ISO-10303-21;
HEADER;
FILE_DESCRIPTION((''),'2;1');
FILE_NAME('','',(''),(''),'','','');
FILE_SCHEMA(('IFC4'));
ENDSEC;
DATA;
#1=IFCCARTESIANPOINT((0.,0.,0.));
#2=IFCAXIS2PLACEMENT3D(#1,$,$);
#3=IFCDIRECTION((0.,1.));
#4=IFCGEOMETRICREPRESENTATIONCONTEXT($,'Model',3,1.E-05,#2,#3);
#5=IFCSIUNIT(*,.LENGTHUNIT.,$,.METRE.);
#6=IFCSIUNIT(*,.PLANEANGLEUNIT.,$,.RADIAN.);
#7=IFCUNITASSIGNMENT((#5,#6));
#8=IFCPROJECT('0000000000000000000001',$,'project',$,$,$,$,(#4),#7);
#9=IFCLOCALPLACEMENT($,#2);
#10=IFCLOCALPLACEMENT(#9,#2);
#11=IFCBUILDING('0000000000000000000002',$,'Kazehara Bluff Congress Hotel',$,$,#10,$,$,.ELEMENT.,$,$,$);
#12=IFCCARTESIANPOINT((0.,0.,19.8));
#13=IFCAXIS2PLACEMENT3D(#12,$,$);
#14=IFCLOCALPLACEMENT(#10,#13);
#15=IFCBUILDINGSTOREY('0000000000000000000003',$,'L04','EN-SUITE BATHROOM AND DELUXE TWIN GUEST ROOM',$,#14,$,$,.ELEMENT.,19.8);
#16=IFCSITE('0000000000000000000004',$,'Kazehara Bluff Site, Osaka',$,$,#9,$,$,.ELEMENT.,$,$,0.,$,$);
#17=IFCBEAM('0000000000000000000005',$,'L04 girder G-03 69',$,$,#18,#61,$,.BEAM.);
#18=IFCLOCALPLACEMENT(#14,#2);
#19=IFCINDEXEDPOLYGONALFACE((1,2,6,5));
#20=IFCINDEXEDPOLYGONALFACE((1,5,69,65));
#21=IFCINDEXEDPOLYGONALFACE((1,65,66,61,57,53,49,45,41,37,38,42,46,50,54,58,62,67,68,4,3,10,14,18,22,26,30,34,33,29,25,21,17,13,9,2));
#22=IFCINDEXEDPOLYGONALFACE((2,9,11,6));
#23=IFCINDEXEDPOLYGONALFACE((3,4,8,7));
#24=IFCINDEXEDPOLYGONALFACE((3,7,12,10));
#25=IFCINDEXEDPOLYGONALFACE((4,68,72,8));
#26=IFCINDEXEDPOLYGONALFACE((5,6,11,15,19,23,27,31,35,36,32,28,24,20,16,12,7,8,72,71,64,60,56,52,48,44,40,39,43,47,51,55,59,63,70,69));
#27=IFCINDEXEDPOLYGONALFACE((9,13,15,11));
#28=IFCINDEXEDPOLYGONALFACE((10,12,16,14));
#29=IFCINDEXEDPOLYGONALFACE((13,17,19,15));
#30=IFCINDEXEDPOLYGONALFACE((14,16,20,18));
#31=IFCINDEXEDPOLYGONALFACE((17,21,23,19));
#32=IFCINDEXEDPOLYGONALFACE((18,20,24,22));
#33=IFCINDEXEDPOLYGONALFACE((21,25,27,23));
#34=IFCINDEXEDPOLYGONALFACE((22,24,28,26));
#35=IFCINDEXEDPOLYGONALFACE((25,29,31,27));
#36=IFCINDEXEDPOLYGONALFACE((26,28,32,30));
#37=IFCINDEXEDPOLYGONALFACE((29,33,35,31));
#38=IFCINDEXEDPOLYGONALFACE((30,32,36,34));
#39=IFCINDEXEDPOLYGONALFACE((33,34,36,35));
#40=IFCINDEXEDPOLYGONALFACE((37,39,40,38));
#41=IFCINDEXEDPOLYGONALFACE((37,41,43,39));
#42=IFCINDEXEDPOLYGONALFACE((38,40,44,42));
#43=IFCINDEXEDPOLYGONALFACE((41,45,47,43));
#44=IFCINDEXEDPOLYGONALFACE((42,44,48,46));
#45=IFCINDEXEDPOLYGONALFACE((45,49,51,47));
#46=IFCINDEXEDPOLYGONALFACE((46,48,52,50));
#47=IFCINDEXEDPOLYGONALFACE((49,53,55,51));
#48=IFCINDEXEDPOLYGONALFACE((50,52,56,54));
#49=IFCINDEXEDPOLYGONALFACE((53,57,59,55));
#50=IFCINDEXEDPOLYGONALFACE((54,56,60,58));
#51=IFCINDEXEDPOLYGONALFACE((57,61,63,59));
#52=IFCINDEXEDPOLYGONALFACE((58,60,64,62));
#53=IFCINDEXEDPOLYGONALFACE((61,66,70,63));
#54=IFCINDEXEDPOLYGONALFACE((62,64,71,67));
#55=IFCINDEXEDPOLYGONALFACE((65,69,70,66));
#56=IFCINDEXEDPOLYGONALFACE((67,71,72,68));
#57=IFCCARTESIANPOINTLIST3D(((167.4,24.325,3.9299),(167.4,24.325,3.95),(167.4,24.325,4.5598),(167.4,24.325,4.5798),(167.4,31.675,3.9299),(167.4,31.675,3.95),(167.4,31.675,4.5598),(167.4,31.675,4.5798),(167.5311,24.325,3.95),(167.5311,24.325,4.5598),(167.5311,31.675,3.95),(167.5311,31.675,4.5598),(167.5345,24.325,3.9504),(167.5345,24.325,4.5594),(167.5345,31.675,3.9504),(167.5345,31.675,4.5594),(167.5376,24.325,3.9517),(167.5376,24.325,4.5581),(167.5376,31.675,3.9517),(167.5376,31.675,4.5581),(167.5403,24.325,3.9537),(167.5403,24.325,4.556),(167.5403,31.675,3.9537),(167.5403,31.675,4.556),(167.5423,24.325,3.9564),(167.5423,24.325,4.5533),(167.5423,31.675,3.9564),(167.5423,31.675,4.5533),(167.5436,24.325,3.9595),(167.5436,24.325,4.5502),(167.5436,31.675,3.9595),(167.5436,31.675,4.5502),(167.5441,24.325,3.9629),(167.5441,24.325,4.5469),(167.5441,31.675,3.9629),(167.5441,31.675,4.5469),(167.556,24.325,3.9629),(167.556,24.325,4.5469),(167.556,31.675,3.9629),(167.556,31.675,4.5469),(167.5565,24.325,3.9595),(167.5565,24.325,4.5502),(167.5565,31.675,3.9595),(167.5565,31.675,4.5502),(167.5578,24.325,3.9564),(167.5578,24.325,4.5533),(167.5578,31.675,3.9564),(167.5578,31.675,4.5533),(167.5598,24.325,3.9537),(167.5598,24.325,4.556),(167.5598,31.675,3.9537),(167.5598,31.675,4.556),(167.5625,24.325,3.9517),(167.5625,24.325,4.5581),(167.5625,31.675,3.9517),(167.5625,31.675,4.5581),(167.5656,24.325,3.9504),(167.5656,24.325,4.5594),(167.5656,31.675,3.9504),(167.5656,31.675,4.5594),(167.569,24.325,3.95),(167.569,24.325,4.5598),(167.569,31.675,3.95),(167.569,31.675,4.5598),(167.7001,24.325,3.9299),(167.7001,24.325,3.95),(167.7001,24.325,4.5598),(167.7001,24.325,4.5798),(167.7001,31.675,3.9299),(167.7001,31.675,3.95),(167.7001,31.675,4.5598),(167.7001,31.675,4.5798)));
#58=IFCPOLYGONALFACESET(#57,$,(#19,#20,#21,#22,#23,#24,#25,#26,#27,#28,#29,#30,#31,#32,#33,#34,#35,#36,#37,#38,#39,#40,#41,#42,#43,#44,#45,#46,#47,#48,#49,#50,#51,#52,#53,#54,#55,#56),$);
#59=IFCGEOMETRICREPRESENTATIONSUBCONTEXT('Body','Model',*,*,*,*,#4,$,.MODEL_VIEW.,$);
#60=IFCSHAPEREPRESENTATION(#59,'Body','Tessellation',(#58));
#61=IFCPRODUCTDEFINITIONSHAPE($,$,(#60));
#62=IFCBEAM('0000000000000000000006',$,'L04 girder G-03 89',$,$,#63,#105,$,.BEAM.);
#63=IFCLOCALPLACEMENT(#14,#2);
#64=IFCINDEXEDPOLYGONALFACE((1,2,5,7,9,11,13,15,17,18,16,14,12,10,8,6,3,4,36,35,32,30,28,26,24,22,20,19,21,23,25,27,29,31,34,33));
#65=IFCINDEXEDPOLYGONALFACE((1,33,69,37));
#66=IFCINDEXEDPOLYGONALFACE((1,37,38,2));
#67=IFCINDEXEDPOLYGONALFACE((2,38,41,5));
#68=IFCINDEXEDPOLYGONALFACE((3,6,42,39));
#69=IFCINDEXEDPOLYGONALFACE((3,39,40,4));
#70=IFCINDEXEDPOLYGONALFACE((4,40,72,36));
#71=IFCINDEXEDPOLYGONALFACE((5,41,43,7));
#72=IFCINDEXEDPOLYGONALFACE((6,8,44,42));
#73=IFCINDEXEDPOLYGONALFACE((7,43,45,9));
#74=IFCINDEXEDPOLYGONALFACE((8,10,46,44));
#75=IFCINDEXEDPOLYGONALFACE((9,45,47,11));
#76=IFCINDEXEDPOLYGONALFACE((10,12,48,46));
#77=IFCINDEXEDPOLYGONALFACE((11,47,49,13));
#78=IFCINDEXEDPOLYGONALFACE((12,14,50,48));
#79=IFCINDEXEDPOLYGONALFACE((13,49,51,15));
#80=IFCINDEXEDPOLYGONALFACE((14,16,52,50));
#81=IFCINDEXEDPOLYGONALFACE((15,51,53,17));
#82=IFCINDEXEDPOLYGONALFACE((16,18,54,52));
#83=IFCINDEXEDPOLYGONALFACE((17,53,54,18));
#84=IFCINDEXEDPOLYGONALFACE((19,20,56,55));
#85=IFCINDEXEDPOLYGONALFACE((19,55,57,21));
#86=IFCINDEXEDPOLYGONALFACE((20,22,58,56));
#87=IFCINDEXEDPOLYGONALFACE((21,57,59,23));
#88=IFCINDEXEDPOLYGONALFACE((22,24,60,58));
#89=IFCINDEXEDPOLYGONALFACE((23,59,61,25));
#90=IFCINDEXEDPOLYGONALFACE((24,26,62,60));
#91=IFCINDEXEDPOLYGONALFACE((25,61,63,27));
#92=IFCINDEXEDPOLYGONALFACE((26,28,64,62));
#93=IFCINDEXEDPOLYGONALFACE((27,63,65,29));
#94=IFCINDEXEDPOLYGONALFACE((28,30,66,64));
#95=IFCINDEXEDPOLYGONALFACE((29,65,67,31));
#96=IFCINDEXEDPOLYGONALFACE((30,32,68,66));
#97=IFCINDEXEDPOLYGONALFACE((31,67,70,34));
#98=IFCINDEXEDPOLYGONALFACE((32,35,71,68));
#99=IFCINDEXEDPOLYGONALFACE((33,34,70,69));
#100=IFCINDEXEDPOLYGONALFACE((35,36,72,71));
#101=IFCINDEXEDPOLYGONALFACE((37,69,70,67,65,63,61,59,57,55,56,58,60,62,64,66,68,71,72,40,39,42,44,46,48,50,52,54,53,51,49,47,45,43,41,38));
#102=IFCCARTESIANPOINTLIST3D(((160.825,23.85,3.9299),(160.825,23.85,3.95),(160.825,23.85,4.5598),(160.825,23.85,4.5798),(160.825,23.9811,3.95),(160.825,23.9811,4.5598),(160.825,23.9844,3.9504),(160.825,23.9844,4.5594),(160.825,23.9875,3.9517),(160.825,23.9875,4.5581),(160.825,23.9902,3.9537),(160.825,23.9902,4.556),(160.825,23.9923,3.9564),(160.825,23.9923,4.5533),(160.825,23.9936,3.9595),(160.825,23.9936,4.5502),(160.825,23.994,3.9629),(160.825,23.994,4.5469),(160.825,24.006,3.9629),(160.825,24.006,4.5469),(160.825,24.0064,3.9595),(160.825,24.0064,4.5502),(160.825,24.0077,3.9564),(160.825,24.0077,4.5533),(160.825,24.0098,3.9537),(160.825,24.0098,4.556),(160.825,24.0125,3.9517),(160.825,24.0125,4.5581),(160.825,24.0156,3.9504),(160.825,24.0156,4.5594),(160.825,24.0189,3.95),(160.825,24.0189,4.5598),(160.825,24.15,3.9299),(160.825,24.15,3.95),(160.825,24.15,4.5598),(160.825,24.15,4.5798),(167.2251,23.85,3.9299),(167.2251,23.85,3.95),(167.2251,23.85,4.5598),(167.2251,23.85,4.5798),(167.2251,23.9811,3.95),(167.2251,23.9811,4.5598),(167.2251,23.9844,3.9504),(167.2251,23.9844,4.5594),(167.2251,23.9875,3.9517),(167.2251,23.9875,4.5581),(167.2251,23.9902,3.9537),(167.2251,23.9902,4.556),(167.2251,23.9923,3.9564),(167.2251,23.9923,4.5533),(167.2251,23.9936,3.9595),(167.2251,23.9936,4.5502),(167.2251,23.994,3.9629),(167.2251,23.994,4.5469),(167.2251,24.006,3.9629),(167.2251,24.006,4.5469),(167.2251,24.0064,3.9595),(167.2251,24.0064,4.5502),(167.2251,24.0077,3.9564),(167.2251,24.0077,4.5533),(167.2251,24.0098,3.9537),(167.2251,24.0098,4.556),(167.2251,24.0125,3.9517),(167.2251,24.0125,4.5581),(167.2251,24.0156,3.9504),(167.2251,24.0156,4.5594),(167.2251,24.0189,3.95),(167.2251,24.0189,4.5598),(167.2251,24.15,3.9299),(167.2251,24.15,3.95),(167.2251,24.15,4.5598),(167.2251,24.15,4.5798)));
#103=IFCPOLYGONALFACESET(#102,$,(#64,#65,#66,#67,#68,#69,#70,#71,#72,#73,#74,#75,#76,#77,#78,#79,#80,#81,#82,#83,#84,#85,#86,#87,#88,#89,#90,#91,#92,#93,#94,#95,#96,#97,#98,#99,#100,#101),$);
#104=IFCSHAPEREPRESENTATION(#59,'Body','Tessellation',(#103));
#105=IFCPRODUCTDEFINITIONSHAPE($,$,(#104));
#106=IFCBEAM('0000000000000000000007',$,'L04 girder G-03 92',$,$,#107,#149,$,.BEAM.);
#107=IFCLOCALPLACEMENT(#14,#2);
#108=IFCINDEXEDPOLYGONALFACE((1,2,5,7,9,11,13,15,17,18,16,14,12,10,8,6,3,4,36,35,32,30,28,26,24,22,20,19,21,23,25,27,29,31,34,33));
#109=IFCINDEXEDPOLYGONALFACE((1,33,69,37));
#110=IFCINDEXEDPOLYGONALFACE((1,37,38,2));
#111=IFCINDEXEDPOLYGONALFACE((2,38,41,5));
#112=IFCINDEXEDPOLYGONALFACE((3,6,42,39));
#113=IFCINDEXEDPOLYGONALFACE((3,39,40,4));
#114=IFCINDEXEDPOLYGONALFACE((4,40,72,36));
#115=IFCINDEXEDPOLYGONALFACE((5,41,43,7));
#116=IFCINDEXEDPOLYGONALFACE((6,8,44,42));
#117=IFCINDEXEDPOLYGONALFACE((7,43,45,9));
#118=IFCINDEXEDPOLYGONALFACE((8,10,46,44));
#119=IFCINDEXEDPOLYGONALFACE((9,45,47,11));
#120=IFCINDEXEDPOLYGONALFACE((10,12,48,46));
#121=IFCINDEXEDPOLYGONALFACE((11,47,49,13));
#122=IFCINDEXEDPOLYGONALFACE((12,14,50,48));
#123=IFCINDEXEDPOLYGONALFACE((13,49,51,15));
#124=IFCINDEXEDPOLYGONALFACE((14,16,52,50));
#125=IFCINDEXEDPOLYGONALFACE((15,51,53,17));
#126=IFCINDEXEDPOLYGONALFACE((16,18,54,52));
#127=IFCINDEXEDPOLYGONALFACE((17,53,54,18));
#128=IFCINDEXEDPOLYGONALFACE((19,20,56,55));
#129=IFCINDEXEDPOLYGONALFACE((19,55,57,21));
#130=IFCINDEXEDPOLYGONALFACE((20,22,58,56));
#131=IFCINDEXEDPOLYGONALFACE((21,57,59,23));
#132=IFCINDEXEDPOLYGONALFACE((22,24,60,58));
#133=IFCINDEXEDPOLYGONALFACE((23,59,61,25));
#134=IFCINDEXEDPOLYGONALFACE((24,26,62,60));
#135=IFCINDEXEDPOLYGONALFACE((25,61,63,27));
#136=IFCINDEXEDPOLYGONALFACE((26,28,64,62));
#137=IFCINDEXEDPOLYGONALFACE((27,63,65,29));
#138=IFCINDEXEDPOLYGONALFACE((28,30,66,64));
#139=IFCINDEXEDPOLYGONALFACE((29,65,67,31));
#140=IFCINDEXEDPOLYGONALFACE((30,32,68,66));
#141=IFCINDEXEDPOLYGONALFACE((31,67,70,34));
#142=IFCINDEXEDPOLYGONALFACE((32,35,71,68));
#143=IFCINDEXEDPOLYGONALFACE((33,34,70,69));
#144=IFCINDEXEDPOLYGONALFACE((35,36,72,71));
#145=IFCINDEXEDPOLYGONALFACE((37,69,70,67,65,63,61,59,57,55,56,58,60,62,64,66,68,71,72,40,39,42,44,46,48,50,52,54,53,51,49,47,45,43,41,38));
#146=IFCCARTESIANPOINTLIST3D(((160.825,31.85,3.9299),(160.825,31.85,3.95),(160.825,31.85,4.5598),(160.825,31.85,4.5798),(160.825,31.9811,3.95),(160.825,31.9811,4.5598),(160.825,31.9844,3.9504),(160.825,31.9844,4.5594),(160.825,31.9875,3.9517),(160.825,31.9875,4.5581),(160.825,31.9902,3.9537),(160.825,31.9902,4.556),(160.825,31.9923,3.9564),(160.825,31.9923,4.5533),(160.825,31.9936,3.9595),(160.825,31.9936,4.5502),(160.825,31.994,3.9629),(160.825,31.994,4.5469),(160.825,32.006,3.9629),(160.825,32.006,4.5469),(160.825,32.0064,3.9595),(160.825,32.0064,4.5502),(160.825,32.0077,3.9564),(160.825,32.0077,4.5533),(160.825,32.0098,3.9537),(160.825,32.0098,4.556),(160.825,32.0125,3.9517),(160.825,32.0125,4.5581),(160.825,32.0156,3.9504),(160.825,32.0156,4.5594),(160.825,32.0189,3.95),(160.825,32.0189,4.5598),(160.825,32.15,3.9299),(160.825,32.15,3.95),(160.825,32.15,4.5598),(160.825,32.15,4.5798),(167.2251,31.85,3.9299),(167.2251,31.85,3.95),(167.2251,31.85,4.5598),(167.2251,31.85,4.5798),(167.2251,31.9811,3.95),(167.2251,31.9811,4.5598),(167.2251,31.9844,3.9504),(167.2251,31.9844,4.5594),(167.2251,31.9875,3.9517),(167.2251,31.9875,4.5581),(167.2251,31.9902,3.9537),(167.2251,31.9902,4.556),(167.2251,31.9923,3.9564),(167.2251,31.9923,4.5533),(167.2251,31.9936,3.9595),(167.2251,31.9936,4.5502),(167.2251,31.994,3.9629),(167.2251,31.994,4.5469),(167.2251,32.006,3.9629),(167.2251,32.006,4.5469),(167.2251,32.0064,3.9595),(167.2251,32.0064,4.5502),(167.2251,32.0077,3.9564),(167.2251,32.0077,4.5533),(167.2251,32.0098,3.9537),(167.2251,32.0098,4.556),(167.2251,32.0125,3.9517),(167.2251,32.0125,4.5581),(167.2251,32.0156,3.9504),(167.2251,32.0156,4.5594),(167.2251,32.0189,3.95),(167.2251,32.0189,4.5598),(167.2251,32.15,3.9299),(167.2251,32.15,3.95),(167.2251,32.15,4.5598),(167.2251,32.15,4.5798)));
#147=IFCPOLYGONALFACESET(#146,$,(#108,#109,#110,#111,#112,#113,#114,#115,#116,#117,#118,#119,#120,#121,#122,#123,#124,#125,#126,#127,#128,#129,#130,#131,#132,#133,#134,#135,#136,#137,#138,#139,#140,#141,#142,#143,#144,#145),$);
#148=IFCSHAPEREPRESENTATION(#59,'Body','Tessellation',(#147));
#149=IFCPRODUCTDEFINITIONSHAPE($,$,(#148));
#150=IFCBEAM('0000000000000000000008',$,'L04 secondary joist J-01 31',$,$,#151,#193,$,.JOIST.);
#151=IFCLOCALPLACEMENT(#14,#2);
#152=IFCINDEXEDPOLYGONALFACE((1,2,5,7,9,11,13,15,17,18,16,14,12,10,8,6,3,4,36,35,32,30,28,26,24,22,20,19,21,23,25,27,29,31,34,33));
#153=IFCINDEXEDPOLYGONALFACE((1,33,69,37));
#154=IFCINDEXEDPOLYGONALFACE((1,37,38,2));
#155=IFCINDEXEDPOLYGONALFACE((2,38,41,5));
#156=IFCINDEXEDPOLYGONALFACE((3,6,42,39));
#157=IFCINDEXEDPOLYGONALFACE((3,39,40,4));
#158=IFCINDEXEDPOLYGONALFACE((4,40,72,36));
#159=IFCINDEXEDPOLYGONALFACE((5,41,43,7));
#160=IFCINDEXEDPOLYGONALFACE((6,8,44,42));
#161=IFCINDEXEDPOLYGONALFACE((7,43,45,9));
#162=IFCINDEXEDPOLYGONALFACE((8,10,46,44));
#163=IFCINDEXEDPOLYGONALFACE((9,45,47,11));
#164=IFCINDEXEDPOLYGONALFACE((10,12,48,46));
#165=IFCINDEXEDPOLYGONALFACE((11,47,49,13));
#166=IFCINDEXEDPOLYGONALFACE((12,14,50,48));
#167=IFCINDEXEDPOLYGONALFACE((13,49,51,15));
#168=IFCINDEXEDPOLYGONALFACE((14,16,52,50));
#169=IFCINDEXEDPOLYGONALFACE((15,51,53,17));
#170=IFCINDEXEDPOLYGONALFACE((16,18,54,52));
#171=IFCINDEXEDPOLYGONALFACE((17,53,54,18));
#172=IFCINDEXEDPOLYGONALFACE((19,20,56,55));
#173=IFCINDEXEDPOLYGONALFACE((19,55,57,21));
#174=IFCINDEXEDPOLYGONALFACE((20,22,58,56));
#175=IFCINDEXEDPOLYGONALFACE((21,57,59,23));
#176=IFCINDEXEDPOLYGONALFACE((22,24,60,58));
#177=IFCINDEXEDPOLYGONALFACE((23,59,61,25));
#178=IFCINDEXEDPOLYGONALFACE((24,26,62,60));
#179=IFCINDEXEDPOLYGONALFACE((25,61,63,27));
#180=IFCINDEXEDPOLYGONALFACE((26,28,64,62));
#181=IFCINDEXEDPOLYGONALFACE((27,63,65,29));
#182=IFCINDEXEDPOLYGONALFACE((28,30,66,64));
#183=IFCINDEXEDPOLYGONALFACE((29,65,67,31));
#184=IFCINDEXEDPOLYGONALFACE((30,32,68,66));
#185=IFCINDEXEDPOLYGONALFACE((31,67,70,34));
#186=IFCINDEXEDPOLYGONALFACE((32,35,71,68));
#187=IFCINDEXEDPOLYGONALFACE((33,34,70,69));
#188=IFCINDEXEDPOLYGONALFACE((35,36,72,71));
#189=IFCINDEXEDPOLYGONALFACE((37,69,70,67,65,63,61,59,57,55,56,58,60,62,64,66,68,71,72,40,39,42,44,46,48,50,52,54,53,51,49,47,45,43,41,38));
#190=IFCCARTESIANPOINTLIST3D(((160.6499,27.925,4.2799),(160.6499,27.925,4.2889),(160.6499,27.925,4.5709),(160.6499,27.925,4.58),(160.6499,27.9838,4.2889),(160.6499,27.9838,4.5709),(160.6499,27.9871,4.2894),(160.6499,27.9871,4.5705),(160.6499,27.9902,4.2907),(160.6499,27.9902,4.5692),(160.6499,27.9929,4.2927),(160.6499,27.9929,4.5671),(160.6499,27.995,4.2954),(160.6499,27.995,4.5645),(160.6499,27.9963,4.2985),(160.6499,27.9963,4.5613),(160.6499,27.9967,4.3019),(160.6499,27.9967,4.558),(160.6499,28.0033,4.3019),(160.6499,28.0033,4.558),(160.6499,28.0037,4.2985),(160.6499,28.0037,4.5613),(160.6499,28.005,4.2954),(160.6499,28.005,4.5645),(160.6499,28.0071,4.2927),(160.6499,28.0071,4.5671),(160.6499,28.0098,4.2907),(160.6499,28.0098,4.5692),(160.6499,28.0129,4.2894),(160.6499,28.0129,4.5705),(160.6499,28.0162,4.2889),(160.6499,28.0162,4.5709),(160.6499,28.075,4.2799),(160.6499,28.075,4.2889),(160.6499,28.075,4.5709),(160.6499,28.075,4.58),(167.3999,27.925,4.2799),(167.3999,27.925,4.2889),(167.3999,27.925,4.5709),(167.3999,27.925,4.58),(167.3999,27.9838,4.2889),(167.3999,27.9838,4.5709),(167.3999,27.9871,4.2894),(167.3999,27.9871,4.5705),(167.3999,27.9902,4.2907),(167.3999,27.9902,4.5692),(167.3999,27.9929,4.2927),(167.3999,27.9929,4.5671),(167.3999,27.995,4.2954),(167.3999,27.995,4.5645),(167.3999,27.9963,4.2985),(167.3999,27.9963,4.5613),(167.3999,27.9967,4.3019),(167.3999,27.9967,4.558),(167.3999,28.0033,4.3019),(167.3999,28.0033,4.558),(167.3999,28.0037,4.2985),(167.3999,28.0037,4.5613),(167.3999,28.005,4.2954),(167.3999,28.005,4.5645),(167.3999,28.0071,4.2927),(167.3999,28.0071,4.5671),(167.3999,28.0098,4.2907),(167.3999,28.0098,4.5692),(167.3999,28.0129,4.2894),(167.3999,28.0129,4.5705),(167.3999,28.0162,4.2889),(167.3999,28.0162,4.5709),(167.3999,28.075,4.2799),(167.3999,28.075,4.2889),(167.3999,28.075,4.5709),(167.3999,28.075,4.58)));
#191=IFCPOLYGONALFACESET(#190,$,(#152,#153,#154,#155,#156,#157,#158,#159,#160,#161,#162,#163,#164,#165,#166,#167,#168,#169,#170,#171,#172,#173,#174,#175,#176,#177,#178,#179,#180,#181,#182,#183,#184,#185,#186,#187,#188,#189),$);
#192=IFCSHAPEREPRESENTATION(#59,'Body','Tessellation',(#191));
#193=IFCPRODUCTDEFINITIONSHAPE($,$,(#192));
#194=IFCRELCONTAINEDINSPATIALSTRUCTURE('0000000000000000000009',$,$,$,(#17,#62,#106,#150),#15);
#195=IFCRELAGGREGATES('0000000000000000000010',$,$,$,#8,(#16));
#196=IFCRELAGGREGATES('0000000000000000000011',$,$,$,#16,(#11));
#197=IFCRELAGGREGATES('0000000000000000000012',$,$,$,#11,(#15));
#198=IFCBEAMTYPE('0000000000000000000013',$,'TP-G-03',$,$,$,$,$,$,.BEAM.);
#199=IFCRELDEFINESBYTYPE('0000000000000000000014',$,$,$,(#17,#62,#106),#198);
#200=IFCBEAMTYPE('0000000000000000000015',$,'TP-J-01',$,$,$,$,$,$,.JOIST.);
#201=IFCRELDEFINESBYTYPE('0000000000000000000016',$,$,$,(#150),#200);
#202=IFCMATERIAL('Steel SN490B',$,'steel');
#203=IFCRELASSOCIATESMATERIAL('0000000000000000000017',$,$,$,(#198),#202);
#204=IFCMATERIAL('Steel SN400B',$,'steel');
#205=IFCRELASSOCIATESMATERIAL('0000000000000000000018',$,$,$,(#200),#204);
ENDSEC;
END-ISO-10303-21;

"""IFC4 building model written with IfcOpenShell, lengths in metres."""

from ifc_helpers import new_model, si_unit, direction, frame, origin, origin_2d, place, context, subcontext, project, spatial, i_section, extrude, material, material_profile, profile_set, type_object, element, save


model = new_model("IFC4")

# Units and contexts
model_context = context("Model", 3, precision=1e-05, world=origin(), true_north=direction((0.0, 1.0)))
body_context = subcontext(model_context, "Body", "Model", "MODEL_VIEW")
ifc_project = project(units=[si_unit("LENGTHUNIT", "METRE"), si_unit("PLANEANGLEUNIT", "RADIAN")], contexts=[model_context])

# Site, building, storey
site_placement = place(None, origin())
site = spatial("IfcSite", under=ifc_project, at=site_placement, Name="Kazehara Bluff Site, Osaka", CompositionType="ELEMENT", RefElevation=0.0)
building_placement = place(site_placement, origin())
building = spatial("IfcBuilding", under=site, at=building_placement, Name="Kazehara Bluff Congress Hotel", CompositionType="ELEMENT")
storey_placement = place(building_placement, frame((0.0, 0.0, 19.8)))
storey = spatial("IfcBuildingStorey", under=building, at=storey_placement, Name="L04", Description="EN-SUITE BATHROOM AND DELUXE TWIN GUEST ROOM", CompositionType="ELEMENT", Elevation=19.8)

# Beams
ifc_material_1 = material(Name="Steel SN490B", Category="steel")
ifc_material_profile_1 = material_profile(ifc_material_1, i_section(OverallWidth=0.3, OverallDepth=0.6499, WebThickness=0.012, FlangeThickness=0.02, FilletRadius=0.0129, at=origin_2d()))
ifc_profile_set_1 = profile_set([ifc_material_profile_1], Name="Steel SN490B")
beam_type_1 = type_object("IfcBeamType", Name="TP-G-03", PredefinedType="BEAM", material=ifc_profile_set_1)
beam_1_placement = place(storey_placement, frame((167.55, 24.325, 4.2549), z_axis=(0.0, 1.0, 0.0), x_axis=(-1.0, 0.0, 0.0)))
element("IfcBeam", 1, at=beam_1_placement, inside=storey, type_object=beam_type_1, Name="L04 girder G-03 69", PredefinedType="BEAM", context=body_context, shape_type="SweptSolid", body=[
    extrude(i_section(OverallWidth=0.3, OverallDepth=0.6499, WebThickness=0.012, FlangeThickness=0.02, FilletRadius=0.0129, at=origin_2d()), origin(), (0.0, 0.0, 1.0), 7.3501),
])
for number, where, z_axis, x_axis, name in (
    (2, (160.825, 24.0, 4.2549), (1.0, 0.0, 0.0), (0.0, 1.0, 0.0), "L04 girder G-03 89"),
    (3, (160.825, 32.0, 4.2549), (1.0, 0.0, 0.0), (0.0, 1.0, 0.0), "L04 girder G-03 92"),
):
    element("IfcBeam", number, at=place(storey_placement, frame(where, z_axis=z_axis, x_axis=x_axis)), inside=storey, type_object=beam_type_1, Name=name, PredefinedType="BEAM", context=body_context, shape_type="SweptSolid", body=[
        extrude(i_section(OverallWidth=0.3, OverallDepth=0.6499, WebThickness=0.012, FlangeThickness=0.02, FilletRadius=0.0129, at=origin_2d()), origin(), (0.0, 0.0, 1.0), 6.4001),
    ])
ifc_material_2 = material(Name="Steel SN400B", Category="steel")
ifc_material_profile_2 = material_profile(ifc_material_2, i_section(OverallWidth=0.1499, OverallDepth=0.3, WebThickness=0.0066, FlangeThickness=0.009, FilletRadius=0.0129, at=origin_2d()))
ifc_profile_set_2 = profile_set([ifc_material_profile_2], Name="Steel SN400B")
beam_type_2 = type_object("IfcBeamType", Name="TP-J-01", PredefinedType="JOIST", material=ifc_profile_set_2)
beam_2_placement = place(storey_placement, frame((160.6499, 28.0, 4.4299), z_axis=(1.0, 0.0, 0.0), x_axis=(0.0, 1.0, 0.0)))
element("IfcBeam", 4, at=beam_2_placement, inside=storey, type_object=beam_type_2, Name="L04 secondary joist J-01 31", PredefinedType="JOIST", context=body_context, shape_type="SweptSolid", body=[
    extrude(i_section(OverallWidth=0.1499, OverallDepth=0.3, WebThickness=0.0066, FlangeThickness=0.009, FilletRadius=0.0129, at=origin_2d()), origin(), (0.0, 0.0, 1.0), 6.75),
])

save(model, "model.ifc")
